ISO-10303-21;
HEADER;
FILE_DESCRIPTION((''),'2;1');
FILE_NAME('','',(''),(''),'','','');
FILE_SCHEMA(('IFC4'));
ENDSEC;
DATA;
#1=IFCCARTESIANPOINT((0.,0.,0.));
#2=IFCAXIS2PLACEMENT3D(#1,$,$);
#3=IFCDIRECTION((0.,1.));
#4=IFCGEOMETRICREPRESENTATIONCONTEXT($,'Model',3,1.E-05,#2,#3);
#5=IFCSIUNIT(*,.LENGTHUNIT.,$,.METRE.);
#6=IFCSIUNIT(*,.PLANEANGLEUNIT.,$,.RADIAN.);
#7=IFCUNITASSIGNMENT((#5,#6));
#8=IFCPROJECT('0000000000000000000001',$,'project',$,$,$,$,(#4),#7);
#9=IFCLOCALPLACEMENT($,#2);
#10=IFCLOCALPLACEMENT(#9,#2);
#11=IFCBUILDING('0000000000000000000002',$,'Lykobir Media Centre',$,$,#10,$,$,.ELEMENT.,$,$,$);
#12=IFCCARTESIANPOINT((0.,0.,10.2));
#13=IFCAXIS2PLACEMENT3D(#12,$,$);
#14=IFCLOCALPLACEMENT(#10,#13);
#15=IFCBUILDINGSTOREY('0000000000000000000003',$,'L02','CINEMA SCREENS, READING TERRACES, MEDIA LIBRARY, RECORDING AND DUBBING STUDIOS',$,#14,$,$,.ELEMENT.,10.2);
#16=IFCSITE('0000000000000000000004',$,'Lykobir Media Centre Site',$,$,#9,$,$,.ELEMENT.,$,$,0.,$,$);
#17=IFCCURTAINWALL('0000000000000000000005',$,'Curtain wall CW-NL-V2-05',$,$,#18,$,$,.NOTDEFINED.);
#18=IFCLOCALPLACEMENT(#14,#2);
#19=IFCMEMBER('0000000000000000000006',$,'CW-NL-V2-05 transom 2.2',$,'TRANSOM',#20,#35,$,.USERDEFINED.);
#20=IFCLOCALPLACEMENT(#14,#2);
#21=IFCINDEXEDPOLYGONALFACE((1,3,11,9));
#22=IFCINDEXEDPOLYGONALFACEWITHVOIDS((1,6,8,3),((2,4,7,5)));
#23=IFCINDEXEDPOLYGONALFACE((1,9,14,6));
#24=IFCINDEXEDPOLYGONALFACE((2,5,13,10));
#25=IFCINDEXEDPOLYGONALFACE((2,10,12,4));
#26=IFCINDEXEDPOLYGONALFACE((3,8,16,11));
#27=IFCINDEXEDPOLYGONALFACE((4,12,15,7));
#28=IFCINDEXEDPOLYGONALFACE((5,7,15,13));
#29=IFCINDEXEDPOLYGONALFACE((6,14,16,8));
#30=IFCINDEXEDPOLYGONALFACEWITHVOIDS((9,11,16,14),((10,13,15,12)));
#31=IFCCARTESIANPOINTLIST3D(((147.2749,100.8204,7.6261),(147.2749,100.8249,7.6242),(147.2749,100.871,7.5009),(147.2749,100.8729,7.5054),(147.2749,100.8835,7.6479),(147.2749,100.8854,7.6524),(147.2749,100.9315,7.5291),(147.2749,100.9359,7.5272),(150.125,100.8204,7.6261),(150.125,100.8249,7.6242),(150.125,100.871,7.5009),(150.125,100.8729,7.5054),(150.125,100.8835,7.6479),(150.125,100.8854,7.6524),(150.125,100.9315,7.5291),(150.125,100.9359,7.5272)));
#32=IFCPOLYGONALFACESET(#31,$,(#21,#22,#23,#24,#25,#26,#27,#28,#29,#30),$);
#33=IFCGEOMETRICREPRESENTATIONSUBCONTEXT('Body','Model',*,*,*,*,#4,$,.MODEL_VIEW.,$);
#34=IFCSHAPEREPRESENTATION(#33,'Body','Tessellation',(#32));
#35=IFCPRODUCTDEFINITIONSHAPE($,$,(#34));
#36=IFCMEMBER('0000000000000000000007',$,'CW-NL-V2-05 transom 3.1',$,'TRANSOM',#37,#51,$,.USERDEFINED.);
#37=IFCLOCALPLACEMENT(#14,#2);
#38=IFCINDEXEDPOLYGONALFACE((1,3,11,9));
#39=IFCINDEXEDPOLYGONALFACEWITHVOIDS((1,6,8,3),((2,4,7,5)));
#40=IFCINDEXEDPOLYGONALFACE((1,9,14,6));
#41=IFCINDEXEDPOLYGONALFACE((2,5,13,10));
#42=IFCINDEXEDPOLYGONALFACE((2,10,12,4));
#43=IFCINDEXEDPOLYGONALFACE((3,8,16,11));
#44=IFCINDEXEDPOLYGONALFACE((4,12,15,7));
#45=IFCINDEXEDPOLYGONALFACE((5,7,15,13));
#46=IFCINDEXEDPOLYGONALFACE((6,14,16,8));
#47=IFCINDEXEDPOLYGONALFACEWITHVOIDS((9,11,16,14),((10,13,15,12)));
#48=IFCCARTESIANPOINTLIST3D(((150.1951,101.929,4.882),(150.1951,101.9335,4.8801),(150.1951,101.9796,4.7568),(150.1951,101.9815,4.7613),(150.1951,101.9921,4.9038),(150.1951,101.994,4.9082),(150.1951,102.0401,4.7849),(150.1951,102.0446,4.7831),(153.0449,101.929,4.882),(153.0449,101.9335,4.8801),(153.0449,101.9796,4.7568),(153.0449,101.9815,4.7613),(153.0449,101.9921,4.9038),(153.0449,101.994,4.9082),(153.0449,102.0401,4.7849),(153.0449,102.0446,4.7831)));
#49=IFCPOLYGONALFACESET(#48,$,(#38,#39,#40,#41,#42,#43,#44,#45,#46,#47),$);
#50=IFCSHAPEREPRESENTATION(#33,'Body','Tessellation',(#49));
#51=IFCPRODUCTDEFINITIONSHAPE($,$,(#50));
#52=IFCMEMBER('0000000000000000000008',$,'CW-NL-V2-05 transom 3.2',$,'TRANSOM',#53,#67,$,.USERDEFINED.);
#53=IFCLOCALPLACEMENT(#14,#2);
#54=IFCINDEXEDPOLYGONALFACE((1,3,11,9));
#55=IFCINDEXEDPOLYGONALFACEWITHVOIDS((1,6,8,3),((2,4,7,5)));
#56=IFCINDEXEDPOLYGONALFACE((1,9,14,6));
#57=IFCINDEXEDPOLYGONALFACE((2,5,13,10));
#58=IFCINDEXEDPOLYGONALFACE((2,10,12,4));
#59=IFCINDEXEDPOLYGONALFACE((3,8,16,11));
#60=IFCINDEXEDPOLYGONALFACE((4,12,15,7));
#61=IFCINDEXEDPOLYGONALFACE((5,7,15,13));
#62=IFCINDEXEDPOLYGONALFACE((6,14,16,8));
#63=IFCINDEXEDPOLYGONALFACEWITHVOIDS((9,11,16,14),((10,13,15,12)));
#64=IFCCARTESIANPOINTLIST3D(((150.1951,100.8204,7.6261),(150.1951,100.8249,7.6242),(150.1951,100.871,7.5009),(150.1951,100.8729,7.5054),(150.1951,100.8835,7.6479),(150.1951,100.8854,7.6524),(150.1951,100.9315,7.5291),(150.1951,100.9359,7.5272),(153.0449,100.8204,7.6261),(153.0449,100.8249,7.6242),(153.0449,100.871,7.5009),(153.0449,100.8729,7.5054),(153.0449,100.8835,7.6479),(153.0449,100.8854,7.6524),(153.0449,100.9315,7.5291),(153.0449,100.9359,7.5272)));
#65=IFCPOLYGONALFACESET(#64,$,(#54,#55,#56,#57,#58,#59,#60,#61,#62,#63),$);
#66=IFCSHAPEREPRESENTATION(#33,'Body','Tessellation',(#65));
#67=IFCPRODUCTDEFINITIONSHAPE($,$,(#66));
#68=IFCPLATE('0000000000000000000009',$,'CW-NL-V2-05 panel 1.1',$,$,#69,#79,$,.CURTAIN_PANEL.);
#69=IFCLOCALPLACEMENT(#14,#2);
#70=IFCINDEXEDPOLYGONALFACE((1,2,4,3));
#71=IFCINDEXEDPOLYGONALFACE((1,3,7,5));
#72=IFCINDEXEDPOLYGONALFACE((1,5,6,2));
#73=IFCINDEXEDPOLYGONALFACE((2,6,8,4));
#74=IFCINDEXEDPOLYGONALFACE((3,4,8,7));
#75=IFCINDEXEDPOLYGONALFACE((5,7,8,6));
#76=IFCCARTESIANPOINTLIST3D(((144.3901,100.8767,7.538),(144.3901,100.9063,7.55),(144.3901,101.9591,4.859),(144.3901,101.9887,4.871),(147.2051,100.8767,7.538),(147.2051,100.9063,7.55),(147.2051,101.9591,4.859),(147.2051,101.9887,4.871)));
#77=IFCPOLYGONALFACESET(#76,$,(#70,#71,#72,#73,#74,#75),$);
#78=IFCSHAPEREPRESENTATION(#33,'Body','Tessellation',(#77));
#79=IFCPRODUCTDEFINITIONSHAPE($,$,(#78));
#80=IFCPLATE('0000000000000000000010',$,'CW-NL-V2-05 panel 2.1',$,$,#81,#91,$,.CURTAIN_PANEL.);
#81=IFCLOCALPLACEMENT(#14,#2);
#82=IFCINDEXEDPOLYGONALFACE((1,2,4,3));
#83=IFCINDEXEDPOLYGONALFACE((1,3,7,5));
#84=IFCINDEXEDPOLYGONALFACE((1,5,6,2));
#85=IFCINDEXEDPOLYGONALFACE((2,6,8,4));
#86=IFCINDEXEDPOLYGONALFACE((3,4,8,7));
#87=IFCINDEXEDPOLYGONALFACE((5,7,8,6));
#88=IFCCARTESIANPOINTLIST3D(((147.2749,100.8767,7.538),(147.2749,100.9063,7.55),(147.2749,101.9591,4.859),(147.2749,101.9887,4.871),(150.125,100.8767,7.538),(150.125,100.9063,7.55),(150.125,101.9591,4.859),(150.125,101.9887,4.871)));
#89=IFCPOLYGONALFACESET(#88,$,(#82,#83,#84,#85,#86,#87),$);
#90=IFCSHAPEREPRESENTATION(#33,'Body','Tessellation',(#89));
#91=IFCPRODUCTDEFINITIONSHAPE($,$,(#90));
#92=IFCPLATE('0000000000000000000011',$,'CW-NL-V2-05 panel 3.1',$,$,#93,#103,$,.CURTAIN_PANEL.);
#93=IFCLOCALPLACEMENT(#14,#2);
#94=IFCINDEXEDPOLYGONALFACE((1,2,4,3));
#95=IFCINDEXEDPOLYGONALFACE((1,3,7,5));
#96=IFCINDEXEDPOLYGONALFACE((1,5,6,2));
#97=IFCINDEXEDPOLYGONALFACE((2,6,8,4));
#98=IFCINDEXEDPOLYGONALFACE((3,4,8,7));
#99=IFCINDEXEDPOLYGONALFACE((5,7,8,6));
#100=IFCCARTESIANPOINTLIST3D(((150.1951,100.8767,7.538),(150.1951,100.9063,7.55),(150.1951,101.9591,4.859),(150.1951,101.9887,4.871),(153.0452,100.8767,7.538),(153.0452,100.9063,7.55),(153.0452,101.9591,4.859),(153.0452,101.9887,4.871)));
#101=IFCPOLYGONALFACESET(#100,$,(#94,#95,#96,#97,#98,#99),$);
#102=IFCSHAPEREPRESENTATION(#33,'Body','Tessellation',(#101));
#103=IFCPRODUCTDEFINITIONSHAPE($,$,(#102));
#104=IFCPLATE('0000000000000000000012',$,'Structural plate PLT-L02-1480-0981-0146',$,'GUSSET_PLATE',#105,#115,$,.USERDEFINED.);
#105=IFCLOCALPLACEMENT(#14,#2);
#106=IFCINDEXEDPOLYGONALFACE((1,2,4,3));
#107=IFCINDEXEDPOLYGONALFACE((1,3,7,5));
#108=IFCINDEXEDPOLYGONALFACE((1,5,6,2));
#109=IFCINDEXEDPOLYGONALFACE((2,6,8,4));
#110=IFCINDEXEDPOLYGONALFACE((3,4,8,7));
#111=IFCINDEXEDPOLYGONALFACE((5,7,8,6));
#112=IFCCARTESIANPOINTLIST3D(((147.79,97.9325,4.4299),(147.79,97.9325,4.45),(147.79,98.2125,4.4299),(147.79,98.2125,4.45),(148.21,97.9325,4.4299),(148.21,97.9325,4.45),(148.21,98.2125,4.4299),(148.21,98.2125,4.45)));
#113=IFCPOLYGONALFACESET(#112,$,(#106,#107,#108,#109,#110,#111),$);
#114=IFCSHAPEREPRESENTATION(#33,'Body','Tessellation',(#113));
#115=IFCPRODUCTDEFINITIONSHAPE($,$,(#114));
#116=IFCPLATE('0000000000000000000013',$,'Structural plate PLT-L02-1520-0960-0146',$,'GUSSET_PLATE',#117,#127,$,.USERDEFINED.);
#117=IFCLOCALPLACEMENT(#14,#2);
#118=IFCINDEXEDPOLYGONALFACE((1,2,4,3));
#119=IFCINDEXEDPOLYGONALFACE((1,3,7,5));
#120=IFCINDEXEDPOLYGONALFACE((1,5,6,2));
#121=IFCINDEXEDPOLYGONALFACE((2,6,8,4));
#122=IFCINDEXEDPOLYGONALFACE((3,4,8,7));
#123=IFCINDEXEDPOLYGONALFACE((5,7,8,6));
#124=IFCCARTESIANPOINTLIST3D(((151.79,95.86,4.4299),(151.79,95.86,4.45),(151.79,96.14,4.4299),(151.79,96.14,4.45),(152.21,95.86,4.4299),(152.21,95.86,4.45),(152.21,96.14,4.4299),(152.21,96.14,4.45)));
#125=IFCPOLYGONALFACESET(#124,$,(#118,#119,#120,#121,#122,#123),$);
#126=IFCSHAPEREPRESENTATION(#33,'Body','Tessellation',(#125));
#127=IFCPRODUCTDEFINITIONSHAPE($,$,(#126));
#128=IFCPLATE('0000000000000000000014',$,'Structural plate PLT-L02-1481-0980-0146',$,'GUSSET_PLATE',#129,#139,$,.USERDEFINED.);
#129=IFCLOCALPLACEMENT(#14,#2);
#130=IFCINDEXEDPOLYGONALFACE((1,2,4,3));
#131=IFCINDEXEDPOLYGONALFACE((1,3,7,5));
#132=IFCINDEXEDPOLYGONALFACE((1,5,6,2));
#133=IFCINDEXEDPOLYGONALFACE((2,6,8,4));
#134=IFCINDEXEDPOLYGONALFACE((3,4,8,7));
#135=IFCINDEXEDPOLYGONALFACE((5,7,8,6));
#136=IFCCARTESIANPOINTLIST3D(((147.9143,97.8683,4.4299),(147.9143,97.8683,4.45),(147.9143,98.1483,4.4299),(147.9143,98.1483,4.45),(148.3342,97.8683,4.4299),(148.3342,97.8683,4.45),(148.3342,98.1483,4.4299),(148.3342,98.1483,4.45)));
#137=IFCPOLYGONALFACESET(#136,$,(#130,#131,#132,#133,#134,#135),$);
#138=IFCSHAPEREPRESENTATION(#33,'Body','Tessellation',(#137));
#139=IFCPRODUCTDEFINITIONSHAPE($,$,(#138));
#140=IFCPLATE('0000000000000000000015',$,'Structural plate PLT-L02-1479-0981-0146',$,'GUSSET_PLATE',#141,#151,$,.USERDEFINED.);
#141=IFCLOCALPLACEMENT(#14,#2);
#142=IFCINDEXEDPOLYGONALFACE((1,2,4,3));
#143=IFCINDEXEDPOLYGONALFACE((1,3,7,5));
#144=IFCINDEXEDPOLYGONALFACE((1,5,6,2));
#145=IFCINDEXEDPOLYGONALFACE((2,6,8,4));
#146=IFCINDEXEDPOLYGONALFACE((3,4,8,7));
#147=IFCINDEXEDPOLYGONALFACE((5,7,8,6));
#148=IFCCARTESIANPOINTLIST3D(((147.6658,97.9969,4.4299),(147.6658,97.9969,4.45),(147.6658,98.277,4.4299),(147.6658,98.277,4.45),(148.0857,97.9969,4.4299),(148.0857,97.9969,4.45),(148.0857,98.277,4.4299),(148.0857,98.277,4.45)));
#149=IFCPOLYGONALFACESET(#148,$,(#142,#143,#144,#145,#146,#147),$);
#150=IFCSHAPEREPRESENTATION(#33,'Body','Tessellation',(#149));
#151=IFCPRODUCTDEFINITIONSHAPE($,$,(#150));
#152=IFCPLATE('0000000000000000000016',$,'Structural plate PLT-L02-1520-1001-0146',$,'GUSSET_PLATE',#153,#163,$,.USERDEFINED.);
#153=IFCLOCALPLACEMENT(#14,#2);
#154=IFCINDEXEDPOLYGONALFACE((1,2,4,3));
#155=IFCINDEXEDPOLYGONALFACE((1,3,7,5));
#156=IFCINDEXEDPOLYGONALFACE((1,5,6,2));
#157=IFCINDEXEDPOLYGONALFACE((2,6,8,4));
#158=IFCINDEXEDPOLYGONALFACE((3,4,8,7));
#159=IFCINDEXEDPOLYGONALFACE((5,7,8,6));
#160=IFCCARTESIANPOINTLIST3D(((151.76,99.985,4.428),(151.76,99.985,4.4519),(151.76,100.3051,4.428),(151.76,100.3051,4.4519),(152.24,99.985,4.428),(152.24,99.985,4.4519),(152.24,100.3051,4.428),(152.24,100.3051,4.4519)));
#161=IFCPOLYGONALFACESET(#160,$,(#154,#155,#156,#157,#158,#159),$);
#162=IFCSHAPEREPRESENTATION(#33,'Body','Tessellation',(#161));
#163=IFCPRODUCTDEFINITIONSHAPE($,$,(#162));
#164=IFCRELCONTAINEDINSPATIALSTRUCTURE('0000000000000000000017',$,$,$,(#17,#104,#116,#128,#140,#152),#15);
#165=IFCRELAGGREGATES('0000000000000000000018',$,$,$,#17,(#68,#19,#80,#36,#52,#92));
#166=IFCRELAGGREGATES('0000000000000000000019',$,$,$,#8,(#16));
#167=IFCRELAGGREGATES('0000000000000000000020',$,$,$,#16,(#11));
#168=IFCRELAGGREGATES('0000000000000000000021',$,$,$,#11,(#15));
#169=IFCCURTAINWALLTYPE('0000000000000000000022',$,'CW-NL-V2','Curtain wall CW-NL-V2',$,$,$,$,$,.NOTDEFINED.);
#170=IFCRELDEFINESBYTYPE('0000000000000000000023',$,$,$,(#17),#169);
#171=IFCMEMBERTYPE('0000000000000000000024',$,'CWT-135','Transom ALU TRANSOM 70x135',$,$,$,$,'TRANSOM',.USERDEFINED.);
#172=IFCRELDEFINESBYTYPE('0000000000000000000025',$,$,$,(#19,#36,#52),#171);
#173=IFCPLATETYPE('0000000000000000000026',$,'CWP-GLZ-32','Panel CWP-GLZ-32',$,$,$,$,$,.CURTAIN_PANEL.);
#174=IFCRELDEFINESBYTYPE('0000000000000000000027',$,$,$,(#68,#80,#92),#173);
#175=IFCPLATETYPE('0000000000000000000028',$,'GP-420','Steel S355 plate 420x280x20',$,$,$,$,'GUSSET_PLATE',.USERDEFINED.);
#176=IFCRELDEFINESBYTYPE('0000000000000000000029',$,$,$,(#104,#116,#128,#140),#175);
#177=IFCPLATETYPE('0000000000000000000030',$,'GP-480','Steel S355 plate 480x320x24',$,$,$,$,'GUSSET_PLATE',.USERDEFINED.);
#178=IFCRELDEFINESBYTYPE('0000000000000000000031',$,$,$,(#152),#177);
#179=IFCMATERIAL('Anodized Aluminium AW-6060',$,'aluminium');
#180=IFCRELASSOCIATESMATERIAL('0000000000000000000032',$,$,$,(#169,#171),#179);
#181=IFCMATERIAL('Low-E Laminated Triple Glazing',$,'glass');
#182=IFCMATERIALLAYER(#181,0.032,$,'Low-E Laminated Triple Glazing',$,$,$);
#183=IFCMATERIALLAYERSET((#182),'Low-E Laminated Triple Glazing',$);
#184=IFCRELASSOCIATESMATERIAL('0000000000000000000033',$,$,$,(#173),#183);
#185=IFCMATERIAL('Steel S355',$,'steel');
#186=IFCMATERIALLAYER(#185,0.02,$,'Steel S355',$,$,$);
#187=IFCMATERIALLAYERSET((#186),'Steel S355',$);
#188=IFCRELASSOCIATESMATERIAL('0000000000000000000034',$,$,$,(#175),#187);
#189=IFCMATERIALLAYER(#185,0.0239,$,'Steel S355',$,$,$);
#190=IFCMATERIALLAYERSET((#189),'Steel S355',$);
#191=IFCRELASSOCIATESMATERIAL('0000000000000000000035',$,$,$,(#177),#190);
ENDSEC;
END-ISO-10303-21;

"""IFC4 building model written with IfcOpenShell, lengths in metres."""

from ifc_helpers import new_model, si_unit, direction, frame, origin, origin_2d, place, context, subcontext, project, spatial, rectangle, hollow_rectangle, extrude, material, layer, layer_set, material_profile, profile_set, type_object, element, aggregate, save


model = new_model("IFC4")

# Units and contexts
model_context = context("Model", 3, precision=1e-05, world=origin(), true_north=direction((0.0, 1.0)))
body_context = subcontext(model_context, "Body", "Model", "MODEL_VIEW")
ifc_project = project(units=[si_unit("LENGTHUNIT", "METRE"), si_unit("PLANEANGLEUNIT", "RADIAN")], contexts=[model_context])

# Site, building, storey
site_placement = place(None, origin())
site = spatial("IfcSite", under=ifc_project, at=site_placement, Name="Lykobir Media Centre Site", CompositionType="ELEMENT", RefElevation=0.0)
building_placement = place(site_placement, origin())
building = spatial("IfcBuilding", under=site, at=building_placement, Name="Lykobir Media Centre", CompositionType="ELEMENT")
storey_placement = place(building_placement, frame((0.0, 0.0, 10.2)))
storey = spatial("IfcBuildingStorey", under=building, at=storey_placement, Name="L02", Description="CINEMA SCREENS, READING TERRACES, MEDIA LIBRARY, RECORDING AND DUBBING STUDIOS", CompositionType="ELEMENT", Elevation=10.2)

# Shared definitions
ifc_material_1 = material(Name="Steel S355", Category="steel")

# Shared definitions
ifc_material_2 = material(Name="Anodized Aluminium AW-6060", Category="aluminium")
curtain_wall_type = type_object("IfcCurtainWallType", Name="CW-NL-V2", Description="Curtain wall CW-NL-V2", PredefinedType="NOTDEFINED", material=ifc_material_2)

# Curtain wall, members, plates
curtain_wall_1_placement = place(storey_placement, origin())
curtain_wall_1 = element("IfcCurtainWall", 1, at=curtain_wall_1_placement, inside=storey, type_object=curtain_wall_type, Name="Curtain wall CW-NL-V2-05", PredefinedType="NOTDEFINED")
ifc_material_profile_1 = material_profile(ifc_material_2, hollow_rectangle(XDim=0.0701, YDim=0.135, WallThickness=0.0034, at=origin_2d()), Name="ALU TRANSOM 70x135")
ifc_profile_set_1 = profile_set([ifc_material_profile_1], Name="Anodized Aluminium AW-6060")
member_type_1 = type_object("IfcMemberType", Name="CWT-135", Description="Transom ALU TRANSOM 70x135", ElementType="TRANSOM", PredefinedType="USERDEFINED", material=ifc_profile_set_1)
member_1_placement = place(storey_placement, frame((147.2749, 100.8782, 7.5767), z_axis=(1.0, 0.0, 0.0), x_axis=(0.0, 0.927184, 0.374607)))
member_1 = element("IfcMember", 2, at=member_1_placement, type_object=member_type_1, Name="CW-NL-V2-05 transom 2.2", ObjectType="TRANSOM", PredefinedType="USERDEFINED", context=body_context, shape_type="SweptSolid", body=[
    extrude(hollow_rectangle(XDim=0.0701, YDim=0.135, WallThickness=0.0034, at=origin_2d()), origin(), (0.0, 0.0, 1.0), 2.8501),
])
member_2_placement = place(storey_placement, frame((150.1951, 101.9868, 4.8325), z_axis=(1.0, 0.0, 0.0), x_axis=(0.0, 0.927184, 0.374607)))
member_2 = element("IfcMember", 3, at=member_2_placement, type_object=member_type_1, Name="CW-NL-V2-05 transom 3.1", ObjectType="TRANSOM", PredefinedType="USERDEFINED", context=body_context, shape_type="SweptSolid", body=[
    extrude(hollow_rectangle(XDim=0.0701, YDim=0.135, WallThickness=0.0034, at=origin_2d()), origin(), (0.0, 0.0, 1.0), 2.8499),
])
member_3_placement = place(storey_placement, frame((150.1951, 100.8782, 7.5767), z_axis=(1.0, 0.0, 0.0), x_axis=(0.0, 0.927184, 0.374607)))
member_3 = element("IfcMember", 4, at=member_3_placement, type_object=member_type_1, Name="CW-NL-V2-05 transom 3.2", ObjectType="TRANSOM", PredefinedType="USERDEFINED", context=body_context, shape_type="SweptSolid", body=[
    extrude(hollow_rectangle(XDim=0.0701, YDim=0.135, WallThickness=0.0034, at=origin_2d()), origin(), (0.0, 0.0, 1.0), 2.8499),
])
ifc_material_3 = material(Name="Low-E Laminated Triple Glazing", Category="glass")
ifc_layer_1 = layer(ifc_material_3, 0.032, Name="Low-E Laminated Triple Glazing")
ifc_layer_set_1 = layer_set([ifc_layer_1], Name="Low-E Laminated Triple Glazing")
plate_type_1 = type_object("IfcPlateType", Name="CWP-GLZ-32", Description="Panel CWP-GLZ-32", PredefinedType="CURTAIN_PANEL", material=ifc_layer_set_1)
plate_1_placement = place(storey_placement, frame((145.7976, 101.9739, 4.865), z_axis=(0.0, -0.374607, 0.927184), x_axis=(1.0, 0.0, 0.0)))
plate_1 = element("IfcPlate", 5, at=plate_1_placement, type_object=plate_type_1, Name="CW-NL-V2-05 panel 1.1", PredefinedType="CURTAIN_PANEL", context=body_context, shape_type="SweptSolid", body=[
    extrude(rectangle(XDim=2.8149, YDim=0.032, at=origin_2d()), origin(), (0.0, 0.0, 1.0), 2.8894),
])
plate_2_placement = place(storey_placement, frame((148.7, 101.9739, 4.865), z_axis=(0.0, -0.374607, 0.927184), x_axis=(1.0, 0.0, 0.0)))
plate_2 = element("IfcPlate", 6, at=plate_2_placement, type_object=plate_type_1, Name="CW-NL-V2-05 panel 2.1", PredefinedType="CURTAIN_PANEL", context=body_context, shape_type="SweptSolid", body=[
    extrude(rectangle(XDim=2.8501, YDim=0.032, at=origin_2d()), origin(), (0.0, 0.0, 1.0), 2.8894),
])
plate_3_placement = place(storey_placement, frame((151.6201, 101.9739, 4.865), z_axis=(0.0, -0.374607, 0.927184), x_axis=(1.0, 0.0, 0.0)))
plate_3 = element("IfcPlate", 7, at=plate_3_placement, type_object=plate_type_1, Name="CW-NL-V2-05 panel 3.1", PredefinedType="CURTAIN_PANEL", context=body_context, shape_type="SweptSolid", body=[
    extrude(rectangle(XDim=2.8501, YDim=0.032, at=origin_2d()), origin(), (0.0, 0.0, 1.0), 2.8894),
])
aggregate(curtain_wall_1, [plate_1, member_1, plate_2, member_2, member_3, plate_3])

# Plates
ifc_layer_2 = layer(ifc_material_1, 0.02, Name="Steel S355")
ifc_layer_set_2 = layer_set([ifc_layer_2], Name="Steel S355")
plate_type_2 = type_object("IfcPlateType", Name="GP-420", Description="Steel S355 plate 420x280x20", ElementType="GUSSET_PLATE", PredefinedType="USERDEFINED", material=ifc_layer_set_2)
for number, where, z_axis, x_axis, name in (
    (8, (148.0, 98.0725, 4.4299), (0.0, 0.0, 1.0), (1.0, 0.0, 0.0), "Structural plate PLT-L02-1480-0981-0146"),
    (9, (152.0, 96.0, 4.4299), (0.0, 0.0, 1.0), (1.0, 0.0, 0.0), "Structural plate PLT-L02-1520-0960-0146"),
    (10, (148.1243, 98.0083, 4.4299), (0.0, 0.0, 1.0), (1.0, 0.0, 0.0), "Structural plate PLT-L02-1481-0980-0146"),
    (11, (147.8757, 98.137, 4.4299), (0.0, 0.0, 1.0), (1.0, 0.0, 0.0), "Structural plate PLT-L02-1479-0981-0146"),
):
    element("IfcPlate", number, at=place(storey_placement, frame(where, z_axis=z_axis, x_axis=x_axis)), inside=storey, type_object=plate_type_2, Name=name, ObjectType="GUSSET_PLATE", PredefinedType="USERDEFINED", context=body_context, shape_type="SweptSolid", body=[
        extrude(rectangle(XDim=0.4199, YDim=0.28, at=origin_2d()), origin(), (0.0, 0.0, 1.0), 0.02),
    ])
ifc_layer_3 = layer(ifc_material_1, 0.0239, Name="Steel S355")
ifc_layer_set_3 = layer_set([ifc_layer_3], Name="Steel S355")
plate_type_3 = type_object("IfcPlateType", Name="GP-480", Description="Steel S355 plate 480x320x24", ElementType="GUSSET_PLATE", PredefinedType="USERDEFINED", material=ifc_layer_set_3)
plate_4_placement = place(storey_placement, frame((152.0, 100.145, 4.428), z_axis=(0.0, 0.0, 1.0), x_axis=(1.0, 0.0, 0.0)))
element("IfcPlate", 12, at=plate_4_placement, inside=storey, type_object=plate_type_3, Name="Structural plate PLT-L02-1520-1001-0146", ObjectType="GUSSET_PLATE", PredefinedType="USERDEFINED", context=body_context, shape_type="SweptSolid", body=[
    extrude(rectangle(XDim=0.48, YDim=0.3201, at=origin_2d()), origin(), (0.0, 0.0, 1.0), 0.0239),
])

save(model, "model.ifc")
